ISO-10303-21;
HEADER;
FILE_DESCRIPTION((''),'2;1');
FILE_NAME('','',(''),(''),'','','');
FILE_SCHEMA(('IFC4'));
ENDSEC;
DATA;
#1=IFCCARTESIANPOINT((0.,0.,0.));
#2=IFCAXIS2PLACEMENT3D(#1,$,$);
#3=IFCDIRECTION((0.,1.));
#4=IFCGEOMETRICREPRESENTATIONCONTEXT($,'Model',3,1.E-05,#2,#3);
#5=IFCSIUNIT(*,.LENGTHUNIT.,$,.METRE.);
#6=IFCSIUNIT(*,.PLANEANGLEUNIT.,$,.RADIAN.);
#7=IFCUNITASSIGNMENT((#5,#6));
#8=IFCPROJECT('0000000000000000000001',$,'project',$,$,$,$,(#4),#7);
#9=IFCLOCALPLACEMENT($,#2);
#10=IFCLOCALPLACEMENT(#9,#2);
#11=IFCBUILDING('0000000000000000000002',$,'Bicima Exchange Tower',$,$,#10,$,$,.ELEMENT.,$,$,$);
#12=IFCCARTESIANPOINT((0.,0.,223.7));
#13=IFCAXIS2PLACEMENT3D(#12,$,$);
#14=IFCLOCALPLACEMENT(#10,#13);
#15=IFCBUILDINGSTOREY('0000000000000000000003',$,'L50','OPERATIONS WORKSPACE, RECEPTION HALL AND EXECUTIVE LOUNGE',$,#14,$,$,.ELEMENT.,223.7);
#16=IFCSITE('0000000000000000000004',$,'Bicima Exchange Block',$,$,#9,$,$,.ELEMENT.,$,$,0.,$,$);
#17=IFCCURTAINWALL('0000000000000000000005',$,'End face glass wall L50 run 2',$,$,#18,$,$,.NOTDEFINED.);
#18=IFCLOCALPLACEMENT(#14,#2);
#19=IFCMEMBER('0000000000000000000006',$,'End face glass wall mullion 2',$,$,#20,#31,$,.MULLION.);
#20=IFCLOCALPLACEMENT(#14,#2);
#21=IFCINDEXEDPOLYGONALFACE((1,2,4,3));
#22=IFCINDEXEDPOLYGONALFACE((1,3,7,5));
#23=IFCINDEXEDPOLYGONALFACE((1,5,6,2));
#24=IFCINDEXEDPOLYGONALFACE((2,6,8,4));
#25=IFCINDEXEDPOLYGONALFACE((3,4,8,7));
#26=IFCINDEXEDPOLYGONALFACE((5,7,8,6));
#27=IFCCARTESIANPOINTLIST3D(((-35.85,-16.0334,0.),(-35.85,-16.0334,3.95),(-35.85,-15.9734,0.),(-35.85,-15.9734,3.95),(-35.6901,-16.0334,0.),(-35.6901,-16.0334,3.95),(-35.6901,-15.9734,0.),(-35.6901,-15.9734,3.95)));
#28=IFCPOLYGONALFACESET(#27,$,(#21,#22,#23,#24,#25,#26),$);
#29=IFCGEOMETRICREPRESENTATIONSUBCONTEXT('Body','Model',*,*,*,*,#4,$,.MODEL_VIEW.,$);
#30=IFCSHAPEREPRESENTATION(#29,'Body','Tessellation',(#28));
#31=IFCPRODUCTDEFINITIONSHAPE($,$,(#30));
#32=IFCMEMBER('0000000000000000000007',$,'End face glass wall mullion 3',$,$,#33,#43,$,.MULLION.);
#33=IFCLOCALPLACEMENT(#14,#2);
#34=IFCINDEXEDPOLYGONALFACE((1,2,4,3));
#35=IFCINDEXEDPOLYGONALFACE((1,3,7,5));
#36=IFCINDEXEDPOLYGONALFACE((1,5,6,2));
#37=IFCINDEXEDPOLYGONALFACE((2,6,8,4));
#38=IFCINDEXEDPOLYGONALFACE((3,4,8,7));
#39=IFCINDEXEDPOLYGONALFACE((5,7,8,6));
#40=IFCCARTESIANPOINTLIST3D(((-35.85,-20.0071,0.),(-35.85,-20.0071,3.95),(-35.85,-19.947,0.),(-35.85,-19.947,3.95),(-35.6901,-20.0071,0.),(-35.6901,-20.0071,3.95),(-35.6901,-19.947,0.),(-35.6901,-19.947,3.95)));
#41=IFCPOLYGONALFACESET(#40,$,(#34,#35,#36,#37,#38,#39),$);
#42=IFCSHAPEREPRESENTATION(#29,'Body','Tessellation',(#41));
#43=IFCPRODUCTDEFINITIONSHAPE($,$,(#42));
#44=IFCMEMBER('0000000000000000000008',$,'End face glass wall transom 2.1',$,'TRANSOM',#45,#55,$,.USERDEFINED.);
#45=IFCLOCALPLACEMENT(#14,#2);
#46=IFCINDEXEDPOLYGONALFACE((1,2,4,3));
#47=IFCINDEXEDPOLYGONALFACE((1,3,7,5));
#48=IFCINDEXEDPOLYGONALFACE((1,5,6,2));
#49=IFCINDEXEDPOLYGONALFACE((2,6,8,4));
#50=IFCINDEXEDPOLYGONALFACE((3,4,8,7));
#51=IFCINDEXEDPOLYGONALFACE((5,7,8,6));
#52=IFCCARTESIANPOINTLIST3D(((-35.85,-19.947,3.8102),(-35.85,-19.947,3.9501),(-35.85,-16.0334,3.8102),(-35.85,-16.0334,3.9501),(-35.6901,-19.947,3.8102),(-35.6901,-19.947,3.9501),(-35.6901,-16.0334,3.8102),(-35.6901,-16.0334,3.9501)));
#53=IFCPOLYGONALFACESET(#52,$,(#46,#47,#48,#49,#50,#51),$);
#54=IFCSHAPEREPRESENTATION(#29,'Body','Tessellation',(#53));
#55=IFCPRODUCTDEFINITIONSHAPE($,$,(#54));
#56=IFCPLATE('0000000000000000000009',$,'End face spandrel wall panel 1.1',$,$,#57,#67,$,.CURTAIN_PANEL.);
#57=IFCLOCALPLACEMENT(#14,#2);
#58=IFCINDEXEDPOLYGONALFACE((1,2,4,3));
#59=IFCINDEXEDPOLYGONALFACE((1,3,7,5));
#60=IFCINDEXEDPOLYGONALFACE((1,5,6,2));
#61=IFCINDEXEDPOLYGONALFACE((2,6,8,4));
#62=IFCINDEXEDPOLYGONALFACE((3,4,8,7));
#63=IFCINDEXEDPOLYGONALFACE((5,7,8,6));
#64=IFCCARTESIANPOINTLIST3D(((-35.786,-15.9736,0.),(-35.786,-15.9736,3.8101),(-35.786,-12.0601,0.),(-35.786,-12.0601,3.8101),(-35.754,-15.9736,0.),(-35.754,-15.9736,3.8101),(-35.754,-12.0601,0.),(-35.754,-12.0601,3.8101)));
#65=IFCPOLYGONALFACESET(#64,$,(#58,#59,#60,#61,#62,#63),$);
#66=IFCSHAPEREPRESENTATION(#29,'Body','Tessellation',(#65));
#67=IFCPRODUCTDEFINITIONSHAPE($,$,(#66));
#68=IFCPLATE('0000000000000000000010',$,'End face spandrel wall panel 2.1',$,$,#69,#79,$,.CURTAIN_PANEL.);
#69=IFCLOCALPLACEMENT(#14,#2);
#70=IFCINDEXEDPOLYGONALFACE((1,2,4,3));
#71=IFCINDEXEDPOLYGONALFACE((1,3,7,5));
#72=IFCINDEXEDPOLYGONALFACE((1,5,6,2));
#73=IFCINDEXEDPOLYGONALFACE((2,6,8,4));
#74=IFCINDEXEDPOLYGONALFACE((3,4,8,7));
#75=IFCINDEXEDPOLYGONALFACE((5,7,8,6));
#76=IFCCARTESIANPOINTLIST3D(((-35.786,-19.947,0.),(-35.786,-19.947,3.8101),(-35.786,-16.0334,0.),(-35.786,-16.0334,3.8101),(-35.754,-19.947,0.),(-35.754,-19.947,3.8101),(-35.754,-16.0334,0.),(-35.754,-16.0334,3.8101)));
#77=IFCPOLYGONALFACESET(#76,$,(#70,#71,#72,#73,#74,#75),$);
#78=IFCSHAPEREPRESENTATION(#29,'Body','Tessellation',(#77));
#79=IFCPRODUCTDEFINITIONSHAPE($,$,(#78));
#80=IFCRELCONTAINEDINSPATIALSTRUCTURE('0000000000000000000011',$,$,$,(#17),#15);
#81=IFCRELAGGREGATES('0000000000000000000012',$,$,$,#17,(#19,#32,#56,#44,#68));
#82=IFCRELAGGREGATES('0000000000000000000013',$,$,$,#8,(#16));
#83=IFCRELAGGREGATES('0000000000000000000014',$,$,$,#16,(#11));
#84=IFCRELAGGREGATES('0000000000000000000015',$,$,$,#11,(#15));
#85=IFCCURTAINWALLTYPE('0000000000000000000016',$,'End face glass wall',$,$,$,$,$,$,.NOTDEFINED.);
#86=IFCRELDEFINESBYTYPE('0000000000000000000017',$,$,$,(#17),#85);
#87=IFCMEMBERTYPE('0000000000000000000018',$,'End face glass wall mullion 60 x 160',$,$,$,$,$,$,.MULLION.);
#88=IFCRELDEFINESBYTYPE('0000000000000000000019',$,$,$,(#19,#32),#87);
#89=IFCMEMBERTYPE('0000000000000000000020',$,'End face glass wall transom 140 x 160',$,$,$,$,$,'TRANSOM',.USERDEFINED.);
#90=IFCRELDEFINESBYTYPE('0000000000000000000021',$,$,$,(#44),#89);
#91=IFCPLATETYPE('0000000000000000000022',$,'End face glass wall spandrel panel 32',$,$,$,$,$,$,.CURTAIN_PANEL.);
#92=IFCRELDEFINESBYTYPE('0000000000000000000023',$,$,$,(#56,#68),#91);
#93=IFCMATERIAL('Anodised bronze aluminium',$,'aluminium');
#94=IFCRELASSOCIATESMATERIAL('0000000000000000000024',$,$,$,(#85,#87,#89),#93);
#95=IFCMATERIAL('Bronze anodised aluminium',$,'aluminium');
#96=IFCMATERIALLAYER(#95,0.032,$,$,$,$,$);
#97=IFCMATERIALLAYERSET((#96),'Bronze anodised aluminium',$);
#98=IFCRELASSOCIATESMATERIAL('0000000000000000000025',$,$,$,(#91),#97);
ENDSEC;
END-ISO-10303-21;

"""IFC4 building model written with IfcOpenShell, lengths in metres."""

from ifc_helpers import new_model, si_unit, direction, frame, origin, origin_2d, place, context, subcontext, project, spatial, rectangle, extrude, material, layer, layer_set, material_profile, profile_set, type_object, element, aggregate, save


model = new_model("IFC4")

# Units and contexts
model_context = context("Model", 3, precision=1e-05, world=origin(), true_north=direction((0.0, 1.0)))
body_context = subcontext(model_context, "Body", "Model", "MODEL_VIEW")
ifc_project = project(units=[si_unit("LENGTHUNIT", "METRE"), si_unit("PLANEANGLEUNIT", "RADIAN")], contexts=[model_context])

# Site, building, storey
site_placement = place(None, origin())
site = spatial("IfcSite", under=ifc_project, at=site_placement, Name="Bicima Exchange Block", CompositionType="ELEMENT", RefElevation=0.0)
building_placement = place(site_placement, origin())
building = spatial("IfcBuilding", under=site, at=building_placement, Name="Bicima Exchange Tower", CompositionType="ELEMENT")
storey_placement = place(building_placement, frame((0.0, 0.0, 223.7)))
storey = spatial("IfcBuildingStorey", under=building, at=storey_placement, Name="L50", Description="OPERATIONS WORKSPACE, RECEPTION HALL AND EXECUTIVE LOUNGE", CompositionType="ELEMENT", Elevation=223.7)

# Curtain wall, members, plates
ifc_material_1 = material(Name="Anodised bronze aluminium", Category="aluminium")
curtain_wall_type = type_object("IfcCurtainWallType", Name="End face glass wall", PredefinedType="NOTDEFINED", material=ifc_material_1)
curtain_wall_placement = place(storey_placement, origin())
curtain_wall = element("IfcCurtainWall", 1, at=curtain_wall_placement, inside=storey, type_object=curtain_wall_type, Name="End face glass wall L50 run 2", PredefinedType="NOTDEFINED")
ifc_material_profile_1 = material_profile(ifc_material_1, rectangle(XDim=0.1599, YDim=0.0601, at=origin_2d()))
ifc_profile_set_1 = profile_set([ifc_material_profile_1], Name="Anodised bronze aluminium")
member_type_1 = type_object("IfcMemberType", Name="End face glass wall mullion 60 x 160", PredefinedType="MULLION", material=ifc_profile_set_1)
member_1_placement = place(storey_placement, frame((-35.77, -16.0034, 0.0), z_axis=(0.0, 0.0, 1.0), x_axis=(1.0, 0.0, 0.0)))
member_1 = element("IfcMember", 2, at=member_1_placement, type_object=member_type_1, Name="End face glass wall mullion 2", PredefinedType="MULLION", context=body_context, shape_type="SweptSolid", body=[
    extrude(rectangle(XDim=0.1599, YDim=0.0601, at=origin_2d()), origin(), (0.0, 0.0, 1.0), 3.95),
])
member_2_placement = place(storey_placement, frame((-35.77, -19.9771, 0.0), z_axis=(0.0, 0.0, 1.0), x_axis=(1.0, 0.0, 0.0)))
member_2 = element("IfcMember", 3, at=member_2_placement, type_object=member_type_1, Name="End face glass wall mullion 3", PredefinedType="MULLION", context=body_context, shape_type="SweptSolid", body=[
    extrude(rectangle(XDim=0.1599, YDim=0.0601, at=origin_2d()), origin(), (0.0, 0.0, 1.0), 3.95),
])
ifc_material_profile_2 = material_profile(ifc_material_1, rectangle(XDim=0.1599, YDim=0.1399, at=origin_2d()))
ifc_profile_set_2 = profile_set([ifc_material_profile_2], Name="Anodised bronze aluminium")
member_type_2 = type_object("IfcMemberType", Name="End face glass wall transom 140 x 160", ElementType="TRANSOM", PredefinedType="USERDEFINED", material=ifc_profile_set_2)
member_3_placement = place(storey_placement, frame((-35.77, -16.0334, 3.8801), z_axis=(0.0, -1.0, 0.0), x_axis=(1.0, 0.0, 0.0)))
member_3 = element("IfcMember", 4, at=member_3_placement, type_object=member_type_2, Name="End face glass wall transom 2.1", ObjectType="TRANSOM", PredefinedType="USERDEFINED", context=body_context, shape_type="SweptSolid", body=[
    extrude(rectangle(XDim=0.1599, YDim=0.1399, at=origin_2d()), origin(), (0.0, 0.0, 1.0), 3.9136),
])
ifc_material_2 = material(Name="Bronze anodised aluminium", Category="aluminium")
ifc_layer = layer(ifc_material_2, 0.032)
ifc_layer_set = layer_set([ifc_layer], Name="Bronze anodised aluminium")
plate_type = type_object("IfcPlateType", Name="End face glass wall spandrel panel 32", PredefinedType="CURTAIN_PANEL", material=ifc_layer_set)
plate_1_placement = place(storey_placement, frame((-35.77, -14.0168, 0.0), z_axis=(0.0, 0.0, 1.0), x_axis=(0.0, -1.0, 0.0)))
plate_1 = element("IfcPlate", 5, at=plate_1_placement, type_object=plate_type, Name="End face spandrel wall panel 1.1", PredefinedType="CURTAIN_PANEL", context=body_context, shape_type="SweptSolid", body=[
    extrude(rectangle(XDim=3.9136, YDim=0.032, at=origin_2d()), origin(), (0.0, 0.0, 1.0), 3.8101),
])
plate_2_placement = place(storey_placement, frame((-35.77, -17.9902, 0.0), z_axis=(0.0, 0.0, 1.0), x_axis=(0.0, -1.0, 0.0)))
plate_2 = element("IfcPlate", 6, at=plate_2_placement, type_object=plate_type, Name="End face spandrel wall panel 2.1", PredefinedType="CURTAIN_PANEL", context=body_context, shape_type="SweptSolid", body=[
    extrude(rectangle(XDim=3.9136, YDim=0.032, at=origin_2d()), origin(), (0.0, 0.0, 1.0), 3.8101),
])
aggregate(curtain_wall, [member_1, member_2, plate_1, member_3, plate_2])

save(model, "model.ifc")
